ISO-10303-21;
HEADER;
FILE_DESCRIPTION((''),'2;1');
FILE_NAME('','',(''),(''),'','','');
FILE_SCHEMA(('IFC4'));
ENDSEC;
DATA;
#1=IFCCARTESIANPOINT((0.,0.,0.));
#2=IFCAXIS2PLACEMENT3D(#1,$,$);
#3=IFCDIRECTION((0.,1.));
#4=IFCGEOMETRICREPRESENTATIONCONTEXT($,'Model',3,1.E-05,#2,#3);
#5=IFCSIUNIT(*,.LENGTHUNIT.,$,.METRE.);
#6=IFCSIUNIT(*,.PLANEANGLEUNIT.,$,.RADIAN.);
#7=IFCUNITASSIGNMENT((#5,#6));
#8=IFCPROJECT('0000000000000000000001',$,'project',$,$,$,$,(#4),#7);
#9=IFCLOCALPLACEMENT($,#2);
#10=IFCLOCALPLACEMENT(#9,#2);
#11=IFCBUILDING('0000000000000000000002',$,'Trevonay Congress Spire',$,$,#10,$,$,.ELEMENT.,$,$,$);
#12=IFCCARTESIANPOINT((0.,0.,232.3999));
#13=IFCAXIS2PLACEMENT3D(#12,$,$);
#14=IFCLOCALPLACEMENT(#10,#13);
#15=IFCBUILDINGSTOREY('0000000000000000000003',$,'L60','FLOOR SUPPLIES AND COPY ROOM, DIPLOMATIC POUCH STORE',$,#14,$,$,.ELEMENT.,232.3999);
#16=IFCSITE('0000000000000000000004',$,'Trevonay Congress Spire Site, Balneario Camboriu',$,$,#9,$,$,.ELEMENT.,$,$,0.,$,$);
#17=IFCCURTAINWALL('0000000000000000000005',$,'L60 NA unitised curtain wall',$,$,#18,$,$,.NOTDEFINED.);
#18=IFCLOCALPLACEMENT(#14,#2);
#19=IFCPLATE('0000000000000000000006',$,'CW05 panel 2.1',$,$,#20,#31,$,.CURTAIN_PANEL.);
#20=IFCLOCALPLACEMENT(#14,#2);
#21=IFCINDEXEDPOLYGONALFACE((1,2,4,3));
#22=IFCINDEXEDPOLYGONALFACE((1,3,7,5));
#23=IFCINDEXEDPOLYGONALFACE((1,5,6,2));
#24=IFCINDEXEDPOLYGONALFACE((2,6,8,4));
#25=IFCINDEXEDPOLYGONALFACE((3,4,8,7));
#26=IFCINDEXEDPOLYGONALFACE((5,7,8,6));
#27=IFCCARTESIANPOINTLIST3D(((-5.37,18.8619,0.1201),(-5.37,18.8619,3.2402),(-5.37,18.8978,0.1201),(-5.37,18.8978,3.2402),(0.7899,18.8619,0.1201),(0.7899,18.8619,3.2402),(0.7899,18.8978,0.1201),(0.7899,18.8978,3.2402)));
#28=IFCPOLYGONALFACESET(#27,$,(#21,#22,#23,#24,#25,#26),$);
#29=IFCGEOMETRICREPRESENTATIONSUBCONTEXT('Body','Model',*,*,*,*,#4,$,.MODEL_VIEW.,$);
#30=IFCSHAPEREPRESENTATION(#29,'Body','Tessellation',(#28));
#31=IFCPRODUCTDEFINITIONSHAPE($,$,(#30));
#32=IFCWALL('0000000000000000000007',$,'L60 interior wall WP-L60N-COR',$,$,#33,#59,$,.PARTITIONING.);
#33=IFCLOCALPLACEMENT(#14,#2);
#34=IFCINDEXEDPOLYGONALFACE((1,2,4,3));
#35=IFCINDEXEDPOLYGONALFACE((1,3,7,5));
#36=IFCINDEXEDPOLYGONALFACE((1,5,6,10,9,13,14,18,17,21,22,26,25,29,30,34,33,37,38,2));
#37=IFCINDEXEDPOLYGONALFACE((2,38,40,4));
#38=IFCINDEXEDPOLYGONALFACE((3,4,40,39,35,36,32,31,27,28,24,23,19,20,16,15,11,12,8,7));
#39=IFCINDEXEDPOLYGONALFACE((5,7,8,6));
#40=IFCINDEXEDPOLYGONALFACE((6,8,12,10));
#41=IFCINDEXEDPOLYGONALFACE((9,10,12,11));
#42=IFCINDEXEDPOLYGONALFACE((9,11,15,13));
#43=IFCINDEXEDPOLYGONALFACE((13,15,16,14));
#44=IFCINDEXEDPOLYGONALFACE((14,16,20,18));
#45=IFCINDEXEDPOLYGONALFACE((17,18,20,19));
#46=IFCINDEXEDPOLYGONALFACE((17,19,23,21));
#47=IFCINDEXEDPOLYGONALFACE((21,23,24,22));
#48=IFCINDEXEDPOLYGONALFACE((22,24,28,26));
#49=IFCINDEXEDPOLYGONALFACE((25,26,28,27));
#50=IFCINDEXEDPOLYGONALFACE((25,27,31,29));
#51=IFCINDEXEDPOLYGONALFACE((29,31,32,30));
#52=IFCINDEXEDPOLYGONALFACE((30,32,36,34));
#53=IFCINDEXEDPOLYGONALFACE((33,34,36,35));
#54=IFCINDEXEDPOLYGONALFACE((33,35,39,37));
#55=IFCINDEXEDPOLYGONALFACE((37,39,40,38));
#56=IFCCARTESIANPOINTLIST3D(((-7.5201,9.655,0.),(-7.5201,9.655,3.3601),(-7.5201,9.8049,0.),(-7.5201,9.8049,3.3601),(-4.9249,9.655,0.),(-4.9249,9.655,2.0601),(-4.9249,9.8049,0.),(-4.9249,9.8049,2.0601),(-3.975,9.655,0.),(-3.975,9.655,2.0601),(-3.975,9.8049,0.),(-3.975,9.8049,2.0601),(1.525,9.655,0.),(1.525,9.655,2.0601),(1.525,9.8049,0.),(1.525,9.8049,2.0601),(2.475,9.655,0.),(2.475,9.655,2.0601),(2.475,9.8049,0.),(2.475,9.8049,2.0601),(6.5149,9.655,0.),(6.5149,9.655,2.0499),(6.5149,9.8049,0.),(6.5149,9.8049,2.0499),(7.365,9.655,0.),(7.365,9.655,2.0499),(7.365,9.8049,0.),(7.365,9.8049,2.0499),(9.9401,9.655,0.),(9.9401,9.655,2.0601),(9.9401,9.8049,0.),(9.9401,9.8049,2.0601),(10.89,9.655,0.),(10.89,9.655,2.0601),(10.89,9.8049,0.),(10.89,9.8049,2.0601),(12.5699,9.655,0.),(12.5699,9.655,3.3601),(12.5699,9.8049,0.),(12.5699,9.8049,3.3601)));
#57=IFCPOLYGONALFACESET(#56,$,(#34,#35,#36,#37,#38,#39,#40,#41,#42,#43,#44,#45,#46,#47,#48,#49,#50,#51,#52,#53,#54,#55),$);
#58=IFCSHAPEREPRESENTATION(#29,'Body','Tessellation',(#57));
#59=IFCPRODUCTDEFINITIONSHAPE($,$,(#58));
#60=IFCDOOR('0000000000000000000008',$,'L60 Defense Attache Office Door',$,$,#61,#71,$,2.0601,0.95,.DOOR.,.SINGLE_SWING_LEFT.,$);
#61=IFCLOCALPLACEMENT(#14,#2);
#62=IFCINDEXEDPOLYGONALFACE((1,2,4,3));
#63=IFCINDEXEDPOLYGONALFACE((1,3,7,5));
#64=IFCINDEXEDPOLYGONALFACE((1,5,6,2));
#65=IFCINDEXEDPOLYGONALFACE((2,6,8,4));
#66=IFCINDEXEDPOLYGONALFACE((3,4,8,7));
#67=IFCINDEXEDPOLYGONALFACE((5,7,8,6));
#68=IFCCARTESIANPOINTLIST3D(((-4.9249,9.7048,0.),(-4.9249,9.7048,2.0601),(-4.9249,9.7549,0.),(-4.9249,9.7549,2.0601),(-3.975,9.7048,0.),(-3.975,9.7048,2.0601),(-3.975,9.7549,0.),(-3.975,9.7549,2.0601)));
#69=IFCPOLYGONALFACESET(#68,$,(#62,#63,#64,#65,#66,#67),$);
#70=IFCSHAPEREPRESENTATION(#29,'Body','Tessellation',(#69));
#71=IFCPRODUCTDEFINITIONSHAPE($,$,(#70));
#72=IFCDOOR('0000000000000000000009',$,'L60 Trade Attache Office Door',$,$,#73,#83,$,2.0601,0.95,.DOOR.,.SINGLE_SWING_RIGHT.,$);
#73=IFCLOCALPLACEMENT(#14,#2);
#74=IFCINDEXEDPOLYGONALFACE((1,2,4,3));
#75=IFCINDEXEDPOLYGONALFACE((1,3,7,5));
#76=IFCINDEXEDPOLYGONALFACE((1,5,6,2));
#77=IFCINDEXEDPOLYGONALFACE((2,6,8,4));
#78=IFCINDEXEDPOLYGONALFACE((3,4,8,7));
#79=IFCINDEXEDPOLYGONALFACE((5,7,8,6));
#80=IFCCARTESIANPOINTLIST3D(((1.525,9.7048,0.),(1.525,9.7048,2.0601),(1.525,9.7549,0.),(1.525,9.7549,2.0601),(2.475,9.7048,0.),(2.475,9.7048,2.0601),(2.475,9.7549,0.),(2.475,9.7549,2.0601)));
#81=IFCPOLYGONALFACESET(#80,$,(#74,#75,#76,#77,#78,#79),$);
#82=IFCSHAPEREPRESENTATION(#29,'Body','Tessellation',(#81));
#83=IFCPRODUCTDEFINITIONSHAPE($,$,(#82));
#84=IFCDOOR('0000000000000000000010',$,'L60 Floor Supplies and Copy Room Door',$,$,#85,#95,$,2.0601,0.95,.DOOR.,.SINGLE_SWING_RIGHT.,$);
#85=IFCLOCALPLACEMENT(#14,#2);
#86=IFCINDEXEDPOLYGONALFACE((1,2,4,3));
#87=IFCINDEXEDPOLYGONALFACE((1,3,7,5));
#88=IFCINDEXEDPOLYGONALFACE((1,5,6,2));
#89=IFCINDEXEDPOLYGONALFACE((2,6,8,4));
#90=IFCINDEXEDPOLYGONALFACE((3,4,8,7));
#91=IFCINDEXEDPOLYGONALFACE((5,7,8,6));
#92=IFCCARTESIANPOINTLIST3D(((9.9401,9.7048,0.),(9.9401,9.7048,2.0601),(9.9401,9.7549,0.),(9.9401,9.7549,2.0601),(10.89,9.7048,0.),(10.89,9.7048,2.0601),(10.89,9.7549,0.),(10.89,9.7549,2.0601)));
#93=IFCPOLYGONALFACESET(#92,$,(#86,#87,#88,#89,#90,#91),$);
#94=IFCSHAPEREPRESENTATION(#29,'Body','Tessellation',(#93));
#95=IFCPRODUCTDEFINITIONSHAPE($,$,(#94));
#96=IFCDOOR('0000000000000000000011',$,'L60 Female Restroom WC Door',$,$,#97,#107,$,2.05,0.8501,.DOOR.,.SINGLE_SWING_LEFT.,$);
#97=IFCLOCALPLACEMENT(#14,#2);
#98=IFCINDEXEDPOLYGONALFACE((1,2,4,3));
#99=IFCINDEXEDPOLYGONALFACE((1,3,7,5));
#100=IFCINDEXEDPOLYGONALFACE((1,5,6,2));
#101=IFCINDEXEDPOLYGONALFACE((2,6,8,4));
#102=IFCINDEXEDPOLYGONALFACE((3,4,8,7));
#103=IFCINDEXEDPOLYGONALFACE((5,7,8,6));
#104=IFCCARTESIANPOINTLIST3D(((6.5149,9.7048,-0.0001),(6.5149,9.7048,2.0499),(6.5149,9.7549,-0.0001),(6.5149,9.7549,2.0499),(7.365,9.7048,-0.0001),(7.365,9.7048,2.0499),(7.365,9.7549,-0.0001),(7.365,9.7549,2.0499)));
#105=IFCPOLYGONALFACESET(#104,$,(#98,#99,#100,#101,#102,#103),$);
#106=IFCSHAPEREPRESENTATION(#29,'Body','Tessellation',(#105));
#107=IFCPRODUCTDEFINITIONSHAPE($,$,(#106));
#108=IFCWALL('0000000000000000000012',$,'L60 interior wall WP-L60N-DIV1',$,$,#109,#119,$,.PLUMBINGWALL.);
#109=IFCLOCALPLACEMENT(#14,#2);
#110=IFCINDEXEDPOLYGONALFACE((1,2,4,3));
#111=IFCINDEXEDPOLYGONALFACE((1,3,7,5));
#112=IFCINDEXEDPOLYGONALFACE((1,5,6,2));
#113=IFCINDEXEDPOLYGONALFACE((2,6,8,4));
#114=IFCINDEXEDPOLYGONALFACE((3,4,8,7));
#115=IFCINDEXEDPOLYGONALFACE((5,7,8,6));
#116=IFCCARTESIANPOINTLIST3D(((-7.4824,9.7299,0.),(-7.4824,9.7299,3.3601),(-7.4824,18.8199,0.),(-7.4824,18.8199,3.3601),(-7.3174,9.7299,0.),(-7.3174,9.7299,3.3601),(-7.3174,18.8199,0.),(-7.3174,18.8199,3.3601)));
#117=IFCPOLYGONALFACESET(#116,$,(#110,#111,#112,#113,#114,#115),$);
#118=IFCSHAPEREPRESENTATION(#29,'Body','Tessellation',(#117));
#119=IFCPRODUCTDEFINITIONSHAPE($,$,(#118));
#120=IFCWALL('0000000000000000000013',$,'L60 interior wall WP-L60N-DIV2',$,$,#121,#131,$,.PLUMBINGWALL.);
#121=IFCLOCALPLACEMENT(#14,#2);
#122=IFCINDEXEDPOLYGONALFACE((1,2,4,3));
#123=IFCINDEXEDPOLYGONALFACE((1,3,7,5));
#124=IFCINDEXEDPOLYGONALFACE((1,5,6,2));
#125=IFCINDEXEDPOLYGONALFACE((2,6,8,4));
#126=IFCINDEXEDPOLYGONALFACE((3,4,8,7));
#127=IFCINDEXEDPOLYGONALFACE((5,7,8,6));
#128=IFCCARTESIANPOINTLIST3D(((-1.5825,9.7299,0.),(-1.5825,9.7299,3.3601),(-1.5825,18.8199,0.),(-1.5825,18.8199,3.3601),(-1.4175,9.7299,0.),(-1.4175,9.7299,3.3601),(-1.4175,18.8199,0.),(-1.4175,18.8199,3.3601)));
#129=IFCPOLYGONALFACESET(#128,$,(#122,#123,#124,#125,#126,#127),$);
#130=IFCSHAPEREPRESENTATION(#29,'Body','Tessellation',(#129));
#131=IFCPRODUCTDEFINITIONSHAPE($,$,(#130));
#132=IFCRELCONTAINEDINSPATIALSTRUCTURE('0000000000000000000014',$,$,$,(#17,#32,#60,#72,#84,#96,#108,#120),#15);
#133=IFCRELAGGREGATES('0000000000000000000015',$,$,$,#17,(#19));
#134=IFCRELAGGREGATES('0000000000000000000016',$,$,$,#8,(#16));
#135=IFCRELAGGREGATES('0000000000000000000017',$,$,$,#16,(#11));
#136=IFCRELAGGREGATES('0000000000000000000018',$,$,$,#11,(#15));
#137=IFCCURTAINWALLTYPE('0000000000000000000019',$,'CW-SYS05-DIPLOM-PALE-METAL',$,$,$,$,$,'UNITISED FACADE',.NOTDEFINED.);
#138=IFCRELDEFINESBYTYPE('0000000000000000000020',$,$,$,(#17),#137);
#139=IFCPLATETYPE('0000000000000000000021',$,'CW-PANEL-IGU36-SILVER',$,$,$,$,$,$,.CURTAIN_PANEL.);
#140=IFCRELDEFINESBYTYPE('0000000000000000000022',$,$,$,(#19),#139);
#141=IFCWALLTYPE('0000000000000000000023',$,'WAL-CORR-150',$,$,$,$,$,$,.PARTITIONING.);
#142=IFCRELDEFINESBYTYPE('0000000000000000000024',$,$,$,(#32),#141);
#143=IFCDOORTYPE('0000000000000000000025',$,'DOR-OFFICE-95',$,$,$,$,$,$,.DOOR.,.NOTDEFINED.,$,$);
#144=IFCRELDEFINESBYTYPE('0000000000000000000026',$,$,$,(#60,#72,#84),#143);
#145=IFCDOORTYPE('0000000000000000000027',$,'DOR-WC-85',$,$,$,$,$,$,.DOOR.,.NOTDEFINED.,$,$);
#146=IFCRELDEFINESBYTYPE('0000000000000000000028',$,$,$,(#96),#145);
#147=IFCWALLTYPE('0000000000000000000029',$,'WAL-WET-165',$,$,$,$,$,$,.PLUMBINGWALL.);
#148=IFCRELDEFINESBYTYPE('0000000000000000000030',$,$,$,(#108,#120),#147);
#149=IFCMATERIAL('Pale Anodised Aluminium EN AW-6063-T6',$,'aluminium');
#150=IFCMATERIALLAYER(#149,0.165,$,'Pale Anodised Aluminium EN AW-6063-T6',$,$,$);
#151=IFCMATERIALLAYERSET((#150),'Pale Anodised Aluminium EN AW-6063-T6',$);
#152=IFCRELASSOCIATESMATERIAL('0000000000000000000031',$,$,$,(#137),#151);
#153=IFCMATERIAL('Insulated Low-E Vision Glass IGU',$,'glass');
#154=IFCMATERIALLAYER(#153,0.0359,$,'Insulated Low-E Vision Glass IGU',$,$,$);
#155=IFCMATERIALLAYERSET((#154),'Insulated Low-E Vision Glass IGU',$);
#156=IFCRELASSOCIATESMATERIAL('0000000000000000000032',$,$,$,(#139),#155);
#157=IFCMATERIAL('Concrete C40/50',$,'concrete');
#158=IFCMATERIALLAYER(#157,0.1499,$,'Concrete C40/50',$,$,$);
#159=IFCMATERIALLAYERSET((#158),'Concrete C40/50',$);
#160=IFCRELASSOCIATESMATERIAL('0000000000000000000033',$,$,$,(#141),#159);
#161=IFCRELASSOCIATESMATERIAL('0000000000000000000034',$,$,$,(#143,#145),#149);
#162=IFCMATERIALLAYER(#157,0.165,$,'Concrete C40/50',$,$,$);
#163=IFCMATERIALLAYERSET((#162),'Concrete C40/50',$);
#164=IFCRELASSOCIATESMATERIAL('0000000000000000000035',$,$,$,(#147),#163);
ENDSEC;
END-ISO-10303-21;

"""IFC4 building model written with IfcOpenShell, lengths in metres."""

from ifc_helpers import new_model, si_unit, direction, frame, frame_2d, origin, origin_2d, place, context, subcontext, project, spatial, rectangle, extrude, material, layer, layer_set, type_object, element, fill, aggregate, save


model = new_model("IFC4")

# Units and contexts
model_context = context("Model", 3, precision=1e-05, world=origin(), true_north=direction((0.0, 1.0)))
body_context = subcontext(model_context, "Body", "Model", "MODEL_VIEW")
ifc_project = project(units=[si_unit("LENGTHUNIT", "METRE"), si_unit("PLANEANGLEUNIT", "RADIAN")], contexts=[model_context])

# Site, building, storey
site_placement = place(None, origin())
site = spatial("IfcSite", under=ifc_project, at=site_placement, Name="Trevonay Congress Spire Site, Balneario Camboriu", CompositionType="ELEMENT", RefElevation=0.0)
building_placement = place(site_placement, origin())
building = spatial("IfcBuilding", under=site, at=building_placement, Name="Trevonay Congress Spire", CompositionType="ELEMENT")
storey_placement = place(building_placement, frame((0.0, 0.0, 232.3999)))
storey = spatial("IfcBuildingStorey", under=building, at=storey_placement, Name="L60", Description="FLOOR SUPPLIES AND COPY ROOM, DIPLOMATIC POUCH STORE", CompositionType="ELEMENT", Elevation=232.3999)

# Curtain wall
ifc_material_1 = material(Name="Pale Anodised Aluminium EN AW-6063-T6", Category="aluminium")
ifc_layer_1 = layer(ifc_material_1, 0.165, Name="Pale Anodised Aluminium EN AW-6063-T6")
ifc_layer_set_1 = layer_set([ifc_layer_1], Name="Pale Anodised Aluminium EN AW-6063-T6")
curtain_wall_type = type_object("IfcCurtainWallType", Name="CW-SYS05-DIPLOM-PALE-METAL", ElementType="UNITISED FACADE", PredefinedType="NOTDEFINED", material=ifc_layer_set_1)
curtain_wall_placement = place(storey_placement, origin())
curtain_wall = element("IfcCurtainWall", 1, at=curtain_wall_placement, inside=storey, type_object=curtain_wall_type, Name="L60 NA unitised curtain wall", PredefinedType="NOTDEFINED")

# Plate
ifc_material_2 = material(Name="Insulated Low-E Vision Glass IGU", Category="glass")
ifc_layer_2 = layer(ifc_material_2, 0.0359, Name="Insulated Low-E Vision Glass IGU")
ifc_layer_set_2 = layer_set([ifc_layer_2], Name="Insulated Low-E Vision Glass IGU")
plate_type = type_object("IfcPlateType", Name="CW-PANEL-IGU36-SILVER", PredefinedType="CURTAIN_PANEL", material=ifc_layer_set_2)
plate_placement = place(storey_placement, frame((-2.29, 18.8799, 0.1201), z_axis=(0.0, 0.0, 1.0), x_axis=(1.0, 0.0, 0.0)))
plate = element("IfcPlate", 2, at=plate_placement, type_object=plate_type, Name="CW05 panel 2.1", PredefinedType="CURTAIN_PANEL", context=body_context, shape_type="SweptSolid", body=[
    extrude(rectangle(XDim=6.1599, YDim=0.0359, at=origin_2d()), origin(), (0.0, 0.0, 1.0), 3.1201),
])
aggregate(curtain_wall, [plate])

# Wall, openings, doors
ifc_material_3 = material(Name="Concrete C40/50", Category="concrete")
ifc_layer_3 = layer(ifc_material_3, 0.1499, Name="Concrete C40/50")
ifc_layer_set_3 = layer_set([ifc_layer_3], Name="Concrete C40/50")
wall_type_1 = type_object("IfcWallType", Name="WAL-CORR-150", PredefinedType="PARTITIONING", material=ifc_layer_set_3)
wall_placement = place(storey_placement, frame((-7.52, 9.73, 0.0), z_axis=(0.0, 0.0, 1.0), x_axis=(1.0, 0.0, 0.0)))
wall = element("IfcWall", 3, at=wall_placement, inside=storey, type_object=wall_type_1, Name="L60 interior wall WP-L60N-COR", PredefinedType="PARTITIONING", context=body_context, shape_type="SweptSolid", body=[
    extrude(rectangle(XDim=20.0901, YDim=0.1499, at=frame_2d((10.0449, 0.0))), origin(), (0.0, 0.0, 1.0), 3.3601),
])
opening_1_placement = place(wall_placement, frame((2.595, 0.0, 0.0)))
opening_1 = element("IfcOpeningElement", 4, at=opening_1_placement, cuts=wall, PredefinedType="OPENING", context=body_context, shape_type="SweptSolid", body=[
    extrude(rectangle(XDim=0.95, YDim=2.0601, at=frame_2d((0.4751, 1.03))), frame((0.0, 0.085, 0.0), z_axis=(0.0, -1.0, 0.0), x_axis=(1.0, 0.0, 0.0)), (0.0, 0.0, 1.0), 0.1699),
])
opening_2_placement = place(wall_placement, frame((9.0449, 0.0, 0.0)))
opening_2 = element("IfcOpeningElement", 5, at=opening_2_placement, cuts=wall, PredefinedType="OPENING", context=body_context, shape_type="SweptSolid", body=[
    extrude(rectangle(XDim=0.95, YDim=2.0601, at=frame_2d((0.4751, 1.03))), frame((0.0, 0.085, 0.0), z_axis=(0.0, -1.0, 0.0), x_axis=(1.0, 0.0, 0.0)), (0.0, 0.0, 1.0), 0.1699),
])
opening_3_placement = place(wall_placement, frame((14.0349, 0.0, 0.0)))
opening_3 = element("IfcOpeningElement", 6, at=opening_3_placement, cuts=wall, PredefinedType="OPENING", context=body_context, shape_type="SweptSolid", body=[
    extrude(rectangle(XDim=0.8501, YDim=2.05, at=frame_2d((0.425, 1.0249))), frame((0.0, 0.085, 0.0), z_axis=(0.0, -1.0, 0.0), x_axis=(1.0, 0.0, 0.0)), (0.0, 0.0, 1.0), 0.1699),
])
opening_4_placement = place(wall_placement, frame((17.46, 0.0, 0.0)))
opening_4 = element("IfcOpeningElement", 7, at=opening_4_placement, cuts=wall, PredefinedType="OPENING", context=body_context, shape_type="SweptSolid", body=[
    extrude(rectangle(XDim=0.95, YDim=2.0601, at=frame_2d((0.4751, 1.03))), frame((0.0, 0.085, 0.0), z_axis=(0.0, -1.0, 0.0), x_axis=(1.0, 0.0, 0.0)), (0.0, 0.0, 1.0), 0.1699),
])
door_type_1 = type_object("IfcDoorType", Name="DOR-OFFICE-95", OperationType="NOTDEFINED", PredefinedType="DOOR", material=ifc_material_1)
door_1_placement = place(opening_1_placement, origin())
door_1 = element("IfcDoor", 8, at=door_1_placement, inside=storey, type_object=door_type_1, Name="L60 Defense Attache Office Door", OperationType="SINGLE_SWING_LEFT", OverallHeight=2.0601, OverallWidth=0.95, PredefinedType="DOOR", context=body_context, shape_type="SweptSolid", body=[
    extrude(rectangle(XDim=0.95, YDim=2.0601, at=frame_2d((0.4751, 1.03))), frame((0.0, 0.0249, 0.0), z_axis=(0.0, -1.0, 0.0), x_axis=(1.0, 0.0, 0.0)), (0.0, 0.0, 1.0), 0.05),
])
fill(opening_1, door_1)
door_2_placement = place(opening_2_placement, origin())
door_2 = element("IfcDoor", 9, at=door_2_placement, inside=storey, type_object=door_type_1, Name="L60 Trade Attache Office Door", OperationType="SINGLE_SWING_RIGHT", OverallHeight=2.0601, OverallWidth=0.95, PredefinedType="DOOR", context=body_context, shape_type="SweptSolid", body=[
    extrude(rectangle(XDim=0.95, YDim=2.0601, at=frame_2d((0.4751, 1.03))), frame((0.0, 0.0249, 0.0), z_axis=(0.0, -1.0, 0.0), x_axis=(1.0, 0.0, 0.0)), (0.0, 0.0, 1.0), 0.05),
])
fill(opening_2, door_2)
door_3_placement = place(opening_4_placement, origin())
door_3 = element("IfcDoor", 10, at=door_3_placement, inside=storey, type_object=door_type_1, Name="L60 Floor Supplies and Copy Room Door", OperationType="SINGLE_SWING_RIGHT", OverallHeight=2.0601, OverallWidth=0.95, PredefinedType="DOOR", context=body_context, shape_type="SweptSolid", body=[
    extrude(rectangle(XDim=0.95, YDim=2.0601, at=frame_2d((0.4751, 1.03))), frame((0.0, 0.0249, 0.0), z_axis=(0.0, -1.0, 0.0), x_axis=(1.0, 0.0, 0.0)), (0.0, 0.0, 1.0), 0.05),
])
fill(opening_4, door_3)
door_type_2 = type_object("IfcDoorType", Name="DOR-WC-85", OperationType="NOTDEFINED", PredefinedType="DOOR", material=ifc_material_1)
door_4_placement = place(opening_3_placement, origin())
door_4 = element("IfcDoor", 11, at=door_4_placement, inside=storey, type_object=door_type_2, Name="L60 Female Restroom WC Door", OperationType="SINGLE_SWING_LEFT", OverallHeight=2.05, OverallWidth=0.8501, PredefinedType="DOOR", context=body_context, shape_type="SweptSolid", body=[
    extrude(rectangle(XDim=0.8501, YDim=2.05, at=frame_2d((0.425, 1.0249))), frame((0.0, 0.0249, 0.0), z_axis=(0.0, -1.0, 0.0), x_axis=(1.0, 0.0, 0.0)), (0.0, 0.0, 1.0), 0.05),
])
fill(opening_3, door_4)

# Walls
ifc_layer_4 = layer(ifc_material_3, 0.165, Name="Concrete C40/50")
ifc_layer_set_4 = layer_set([ifc_layer_4], Name="Concrete C40/50")
wall_type_2 = type_object("IfcWallType", Name="WAL-WET-165", PredefinedType="PLUMBINGWALL", material=ifc_layer_set_4)
for number, where, z_axis, x_axis, name in (
    (12, (-7.3999, 9.73, 0.0), (0.0, 0.0, 1.0), (0.0, 1.0, 0.0), "L60 interior wall WP-L60N-DIV1"),
    (13, (-1.5, 9.73, 0.0), (0.0, 0.0, 1.0), (0.0, 1.0, 0.0), "L60 interior wall WP-L60N-DIV2"),
):
    element("IfcWall", number, at=place(storey_placement, frame(where, z_axis=z_axis, x_axis=x_axis)), inside=storey, type_object=wall_type_2, Name=name, PredefinedType="PLUMBINGWALL", context=body_context, shape_type="SweptSolid", body=[
        extrude(rectangle(XDim=9.0901, YDim=0.165, at=frame_2d((4.5449, 0.0))), origin(), (0.0, 0.0, 1.0), 3.3601),
    ])

save(model, "model.ifc")
